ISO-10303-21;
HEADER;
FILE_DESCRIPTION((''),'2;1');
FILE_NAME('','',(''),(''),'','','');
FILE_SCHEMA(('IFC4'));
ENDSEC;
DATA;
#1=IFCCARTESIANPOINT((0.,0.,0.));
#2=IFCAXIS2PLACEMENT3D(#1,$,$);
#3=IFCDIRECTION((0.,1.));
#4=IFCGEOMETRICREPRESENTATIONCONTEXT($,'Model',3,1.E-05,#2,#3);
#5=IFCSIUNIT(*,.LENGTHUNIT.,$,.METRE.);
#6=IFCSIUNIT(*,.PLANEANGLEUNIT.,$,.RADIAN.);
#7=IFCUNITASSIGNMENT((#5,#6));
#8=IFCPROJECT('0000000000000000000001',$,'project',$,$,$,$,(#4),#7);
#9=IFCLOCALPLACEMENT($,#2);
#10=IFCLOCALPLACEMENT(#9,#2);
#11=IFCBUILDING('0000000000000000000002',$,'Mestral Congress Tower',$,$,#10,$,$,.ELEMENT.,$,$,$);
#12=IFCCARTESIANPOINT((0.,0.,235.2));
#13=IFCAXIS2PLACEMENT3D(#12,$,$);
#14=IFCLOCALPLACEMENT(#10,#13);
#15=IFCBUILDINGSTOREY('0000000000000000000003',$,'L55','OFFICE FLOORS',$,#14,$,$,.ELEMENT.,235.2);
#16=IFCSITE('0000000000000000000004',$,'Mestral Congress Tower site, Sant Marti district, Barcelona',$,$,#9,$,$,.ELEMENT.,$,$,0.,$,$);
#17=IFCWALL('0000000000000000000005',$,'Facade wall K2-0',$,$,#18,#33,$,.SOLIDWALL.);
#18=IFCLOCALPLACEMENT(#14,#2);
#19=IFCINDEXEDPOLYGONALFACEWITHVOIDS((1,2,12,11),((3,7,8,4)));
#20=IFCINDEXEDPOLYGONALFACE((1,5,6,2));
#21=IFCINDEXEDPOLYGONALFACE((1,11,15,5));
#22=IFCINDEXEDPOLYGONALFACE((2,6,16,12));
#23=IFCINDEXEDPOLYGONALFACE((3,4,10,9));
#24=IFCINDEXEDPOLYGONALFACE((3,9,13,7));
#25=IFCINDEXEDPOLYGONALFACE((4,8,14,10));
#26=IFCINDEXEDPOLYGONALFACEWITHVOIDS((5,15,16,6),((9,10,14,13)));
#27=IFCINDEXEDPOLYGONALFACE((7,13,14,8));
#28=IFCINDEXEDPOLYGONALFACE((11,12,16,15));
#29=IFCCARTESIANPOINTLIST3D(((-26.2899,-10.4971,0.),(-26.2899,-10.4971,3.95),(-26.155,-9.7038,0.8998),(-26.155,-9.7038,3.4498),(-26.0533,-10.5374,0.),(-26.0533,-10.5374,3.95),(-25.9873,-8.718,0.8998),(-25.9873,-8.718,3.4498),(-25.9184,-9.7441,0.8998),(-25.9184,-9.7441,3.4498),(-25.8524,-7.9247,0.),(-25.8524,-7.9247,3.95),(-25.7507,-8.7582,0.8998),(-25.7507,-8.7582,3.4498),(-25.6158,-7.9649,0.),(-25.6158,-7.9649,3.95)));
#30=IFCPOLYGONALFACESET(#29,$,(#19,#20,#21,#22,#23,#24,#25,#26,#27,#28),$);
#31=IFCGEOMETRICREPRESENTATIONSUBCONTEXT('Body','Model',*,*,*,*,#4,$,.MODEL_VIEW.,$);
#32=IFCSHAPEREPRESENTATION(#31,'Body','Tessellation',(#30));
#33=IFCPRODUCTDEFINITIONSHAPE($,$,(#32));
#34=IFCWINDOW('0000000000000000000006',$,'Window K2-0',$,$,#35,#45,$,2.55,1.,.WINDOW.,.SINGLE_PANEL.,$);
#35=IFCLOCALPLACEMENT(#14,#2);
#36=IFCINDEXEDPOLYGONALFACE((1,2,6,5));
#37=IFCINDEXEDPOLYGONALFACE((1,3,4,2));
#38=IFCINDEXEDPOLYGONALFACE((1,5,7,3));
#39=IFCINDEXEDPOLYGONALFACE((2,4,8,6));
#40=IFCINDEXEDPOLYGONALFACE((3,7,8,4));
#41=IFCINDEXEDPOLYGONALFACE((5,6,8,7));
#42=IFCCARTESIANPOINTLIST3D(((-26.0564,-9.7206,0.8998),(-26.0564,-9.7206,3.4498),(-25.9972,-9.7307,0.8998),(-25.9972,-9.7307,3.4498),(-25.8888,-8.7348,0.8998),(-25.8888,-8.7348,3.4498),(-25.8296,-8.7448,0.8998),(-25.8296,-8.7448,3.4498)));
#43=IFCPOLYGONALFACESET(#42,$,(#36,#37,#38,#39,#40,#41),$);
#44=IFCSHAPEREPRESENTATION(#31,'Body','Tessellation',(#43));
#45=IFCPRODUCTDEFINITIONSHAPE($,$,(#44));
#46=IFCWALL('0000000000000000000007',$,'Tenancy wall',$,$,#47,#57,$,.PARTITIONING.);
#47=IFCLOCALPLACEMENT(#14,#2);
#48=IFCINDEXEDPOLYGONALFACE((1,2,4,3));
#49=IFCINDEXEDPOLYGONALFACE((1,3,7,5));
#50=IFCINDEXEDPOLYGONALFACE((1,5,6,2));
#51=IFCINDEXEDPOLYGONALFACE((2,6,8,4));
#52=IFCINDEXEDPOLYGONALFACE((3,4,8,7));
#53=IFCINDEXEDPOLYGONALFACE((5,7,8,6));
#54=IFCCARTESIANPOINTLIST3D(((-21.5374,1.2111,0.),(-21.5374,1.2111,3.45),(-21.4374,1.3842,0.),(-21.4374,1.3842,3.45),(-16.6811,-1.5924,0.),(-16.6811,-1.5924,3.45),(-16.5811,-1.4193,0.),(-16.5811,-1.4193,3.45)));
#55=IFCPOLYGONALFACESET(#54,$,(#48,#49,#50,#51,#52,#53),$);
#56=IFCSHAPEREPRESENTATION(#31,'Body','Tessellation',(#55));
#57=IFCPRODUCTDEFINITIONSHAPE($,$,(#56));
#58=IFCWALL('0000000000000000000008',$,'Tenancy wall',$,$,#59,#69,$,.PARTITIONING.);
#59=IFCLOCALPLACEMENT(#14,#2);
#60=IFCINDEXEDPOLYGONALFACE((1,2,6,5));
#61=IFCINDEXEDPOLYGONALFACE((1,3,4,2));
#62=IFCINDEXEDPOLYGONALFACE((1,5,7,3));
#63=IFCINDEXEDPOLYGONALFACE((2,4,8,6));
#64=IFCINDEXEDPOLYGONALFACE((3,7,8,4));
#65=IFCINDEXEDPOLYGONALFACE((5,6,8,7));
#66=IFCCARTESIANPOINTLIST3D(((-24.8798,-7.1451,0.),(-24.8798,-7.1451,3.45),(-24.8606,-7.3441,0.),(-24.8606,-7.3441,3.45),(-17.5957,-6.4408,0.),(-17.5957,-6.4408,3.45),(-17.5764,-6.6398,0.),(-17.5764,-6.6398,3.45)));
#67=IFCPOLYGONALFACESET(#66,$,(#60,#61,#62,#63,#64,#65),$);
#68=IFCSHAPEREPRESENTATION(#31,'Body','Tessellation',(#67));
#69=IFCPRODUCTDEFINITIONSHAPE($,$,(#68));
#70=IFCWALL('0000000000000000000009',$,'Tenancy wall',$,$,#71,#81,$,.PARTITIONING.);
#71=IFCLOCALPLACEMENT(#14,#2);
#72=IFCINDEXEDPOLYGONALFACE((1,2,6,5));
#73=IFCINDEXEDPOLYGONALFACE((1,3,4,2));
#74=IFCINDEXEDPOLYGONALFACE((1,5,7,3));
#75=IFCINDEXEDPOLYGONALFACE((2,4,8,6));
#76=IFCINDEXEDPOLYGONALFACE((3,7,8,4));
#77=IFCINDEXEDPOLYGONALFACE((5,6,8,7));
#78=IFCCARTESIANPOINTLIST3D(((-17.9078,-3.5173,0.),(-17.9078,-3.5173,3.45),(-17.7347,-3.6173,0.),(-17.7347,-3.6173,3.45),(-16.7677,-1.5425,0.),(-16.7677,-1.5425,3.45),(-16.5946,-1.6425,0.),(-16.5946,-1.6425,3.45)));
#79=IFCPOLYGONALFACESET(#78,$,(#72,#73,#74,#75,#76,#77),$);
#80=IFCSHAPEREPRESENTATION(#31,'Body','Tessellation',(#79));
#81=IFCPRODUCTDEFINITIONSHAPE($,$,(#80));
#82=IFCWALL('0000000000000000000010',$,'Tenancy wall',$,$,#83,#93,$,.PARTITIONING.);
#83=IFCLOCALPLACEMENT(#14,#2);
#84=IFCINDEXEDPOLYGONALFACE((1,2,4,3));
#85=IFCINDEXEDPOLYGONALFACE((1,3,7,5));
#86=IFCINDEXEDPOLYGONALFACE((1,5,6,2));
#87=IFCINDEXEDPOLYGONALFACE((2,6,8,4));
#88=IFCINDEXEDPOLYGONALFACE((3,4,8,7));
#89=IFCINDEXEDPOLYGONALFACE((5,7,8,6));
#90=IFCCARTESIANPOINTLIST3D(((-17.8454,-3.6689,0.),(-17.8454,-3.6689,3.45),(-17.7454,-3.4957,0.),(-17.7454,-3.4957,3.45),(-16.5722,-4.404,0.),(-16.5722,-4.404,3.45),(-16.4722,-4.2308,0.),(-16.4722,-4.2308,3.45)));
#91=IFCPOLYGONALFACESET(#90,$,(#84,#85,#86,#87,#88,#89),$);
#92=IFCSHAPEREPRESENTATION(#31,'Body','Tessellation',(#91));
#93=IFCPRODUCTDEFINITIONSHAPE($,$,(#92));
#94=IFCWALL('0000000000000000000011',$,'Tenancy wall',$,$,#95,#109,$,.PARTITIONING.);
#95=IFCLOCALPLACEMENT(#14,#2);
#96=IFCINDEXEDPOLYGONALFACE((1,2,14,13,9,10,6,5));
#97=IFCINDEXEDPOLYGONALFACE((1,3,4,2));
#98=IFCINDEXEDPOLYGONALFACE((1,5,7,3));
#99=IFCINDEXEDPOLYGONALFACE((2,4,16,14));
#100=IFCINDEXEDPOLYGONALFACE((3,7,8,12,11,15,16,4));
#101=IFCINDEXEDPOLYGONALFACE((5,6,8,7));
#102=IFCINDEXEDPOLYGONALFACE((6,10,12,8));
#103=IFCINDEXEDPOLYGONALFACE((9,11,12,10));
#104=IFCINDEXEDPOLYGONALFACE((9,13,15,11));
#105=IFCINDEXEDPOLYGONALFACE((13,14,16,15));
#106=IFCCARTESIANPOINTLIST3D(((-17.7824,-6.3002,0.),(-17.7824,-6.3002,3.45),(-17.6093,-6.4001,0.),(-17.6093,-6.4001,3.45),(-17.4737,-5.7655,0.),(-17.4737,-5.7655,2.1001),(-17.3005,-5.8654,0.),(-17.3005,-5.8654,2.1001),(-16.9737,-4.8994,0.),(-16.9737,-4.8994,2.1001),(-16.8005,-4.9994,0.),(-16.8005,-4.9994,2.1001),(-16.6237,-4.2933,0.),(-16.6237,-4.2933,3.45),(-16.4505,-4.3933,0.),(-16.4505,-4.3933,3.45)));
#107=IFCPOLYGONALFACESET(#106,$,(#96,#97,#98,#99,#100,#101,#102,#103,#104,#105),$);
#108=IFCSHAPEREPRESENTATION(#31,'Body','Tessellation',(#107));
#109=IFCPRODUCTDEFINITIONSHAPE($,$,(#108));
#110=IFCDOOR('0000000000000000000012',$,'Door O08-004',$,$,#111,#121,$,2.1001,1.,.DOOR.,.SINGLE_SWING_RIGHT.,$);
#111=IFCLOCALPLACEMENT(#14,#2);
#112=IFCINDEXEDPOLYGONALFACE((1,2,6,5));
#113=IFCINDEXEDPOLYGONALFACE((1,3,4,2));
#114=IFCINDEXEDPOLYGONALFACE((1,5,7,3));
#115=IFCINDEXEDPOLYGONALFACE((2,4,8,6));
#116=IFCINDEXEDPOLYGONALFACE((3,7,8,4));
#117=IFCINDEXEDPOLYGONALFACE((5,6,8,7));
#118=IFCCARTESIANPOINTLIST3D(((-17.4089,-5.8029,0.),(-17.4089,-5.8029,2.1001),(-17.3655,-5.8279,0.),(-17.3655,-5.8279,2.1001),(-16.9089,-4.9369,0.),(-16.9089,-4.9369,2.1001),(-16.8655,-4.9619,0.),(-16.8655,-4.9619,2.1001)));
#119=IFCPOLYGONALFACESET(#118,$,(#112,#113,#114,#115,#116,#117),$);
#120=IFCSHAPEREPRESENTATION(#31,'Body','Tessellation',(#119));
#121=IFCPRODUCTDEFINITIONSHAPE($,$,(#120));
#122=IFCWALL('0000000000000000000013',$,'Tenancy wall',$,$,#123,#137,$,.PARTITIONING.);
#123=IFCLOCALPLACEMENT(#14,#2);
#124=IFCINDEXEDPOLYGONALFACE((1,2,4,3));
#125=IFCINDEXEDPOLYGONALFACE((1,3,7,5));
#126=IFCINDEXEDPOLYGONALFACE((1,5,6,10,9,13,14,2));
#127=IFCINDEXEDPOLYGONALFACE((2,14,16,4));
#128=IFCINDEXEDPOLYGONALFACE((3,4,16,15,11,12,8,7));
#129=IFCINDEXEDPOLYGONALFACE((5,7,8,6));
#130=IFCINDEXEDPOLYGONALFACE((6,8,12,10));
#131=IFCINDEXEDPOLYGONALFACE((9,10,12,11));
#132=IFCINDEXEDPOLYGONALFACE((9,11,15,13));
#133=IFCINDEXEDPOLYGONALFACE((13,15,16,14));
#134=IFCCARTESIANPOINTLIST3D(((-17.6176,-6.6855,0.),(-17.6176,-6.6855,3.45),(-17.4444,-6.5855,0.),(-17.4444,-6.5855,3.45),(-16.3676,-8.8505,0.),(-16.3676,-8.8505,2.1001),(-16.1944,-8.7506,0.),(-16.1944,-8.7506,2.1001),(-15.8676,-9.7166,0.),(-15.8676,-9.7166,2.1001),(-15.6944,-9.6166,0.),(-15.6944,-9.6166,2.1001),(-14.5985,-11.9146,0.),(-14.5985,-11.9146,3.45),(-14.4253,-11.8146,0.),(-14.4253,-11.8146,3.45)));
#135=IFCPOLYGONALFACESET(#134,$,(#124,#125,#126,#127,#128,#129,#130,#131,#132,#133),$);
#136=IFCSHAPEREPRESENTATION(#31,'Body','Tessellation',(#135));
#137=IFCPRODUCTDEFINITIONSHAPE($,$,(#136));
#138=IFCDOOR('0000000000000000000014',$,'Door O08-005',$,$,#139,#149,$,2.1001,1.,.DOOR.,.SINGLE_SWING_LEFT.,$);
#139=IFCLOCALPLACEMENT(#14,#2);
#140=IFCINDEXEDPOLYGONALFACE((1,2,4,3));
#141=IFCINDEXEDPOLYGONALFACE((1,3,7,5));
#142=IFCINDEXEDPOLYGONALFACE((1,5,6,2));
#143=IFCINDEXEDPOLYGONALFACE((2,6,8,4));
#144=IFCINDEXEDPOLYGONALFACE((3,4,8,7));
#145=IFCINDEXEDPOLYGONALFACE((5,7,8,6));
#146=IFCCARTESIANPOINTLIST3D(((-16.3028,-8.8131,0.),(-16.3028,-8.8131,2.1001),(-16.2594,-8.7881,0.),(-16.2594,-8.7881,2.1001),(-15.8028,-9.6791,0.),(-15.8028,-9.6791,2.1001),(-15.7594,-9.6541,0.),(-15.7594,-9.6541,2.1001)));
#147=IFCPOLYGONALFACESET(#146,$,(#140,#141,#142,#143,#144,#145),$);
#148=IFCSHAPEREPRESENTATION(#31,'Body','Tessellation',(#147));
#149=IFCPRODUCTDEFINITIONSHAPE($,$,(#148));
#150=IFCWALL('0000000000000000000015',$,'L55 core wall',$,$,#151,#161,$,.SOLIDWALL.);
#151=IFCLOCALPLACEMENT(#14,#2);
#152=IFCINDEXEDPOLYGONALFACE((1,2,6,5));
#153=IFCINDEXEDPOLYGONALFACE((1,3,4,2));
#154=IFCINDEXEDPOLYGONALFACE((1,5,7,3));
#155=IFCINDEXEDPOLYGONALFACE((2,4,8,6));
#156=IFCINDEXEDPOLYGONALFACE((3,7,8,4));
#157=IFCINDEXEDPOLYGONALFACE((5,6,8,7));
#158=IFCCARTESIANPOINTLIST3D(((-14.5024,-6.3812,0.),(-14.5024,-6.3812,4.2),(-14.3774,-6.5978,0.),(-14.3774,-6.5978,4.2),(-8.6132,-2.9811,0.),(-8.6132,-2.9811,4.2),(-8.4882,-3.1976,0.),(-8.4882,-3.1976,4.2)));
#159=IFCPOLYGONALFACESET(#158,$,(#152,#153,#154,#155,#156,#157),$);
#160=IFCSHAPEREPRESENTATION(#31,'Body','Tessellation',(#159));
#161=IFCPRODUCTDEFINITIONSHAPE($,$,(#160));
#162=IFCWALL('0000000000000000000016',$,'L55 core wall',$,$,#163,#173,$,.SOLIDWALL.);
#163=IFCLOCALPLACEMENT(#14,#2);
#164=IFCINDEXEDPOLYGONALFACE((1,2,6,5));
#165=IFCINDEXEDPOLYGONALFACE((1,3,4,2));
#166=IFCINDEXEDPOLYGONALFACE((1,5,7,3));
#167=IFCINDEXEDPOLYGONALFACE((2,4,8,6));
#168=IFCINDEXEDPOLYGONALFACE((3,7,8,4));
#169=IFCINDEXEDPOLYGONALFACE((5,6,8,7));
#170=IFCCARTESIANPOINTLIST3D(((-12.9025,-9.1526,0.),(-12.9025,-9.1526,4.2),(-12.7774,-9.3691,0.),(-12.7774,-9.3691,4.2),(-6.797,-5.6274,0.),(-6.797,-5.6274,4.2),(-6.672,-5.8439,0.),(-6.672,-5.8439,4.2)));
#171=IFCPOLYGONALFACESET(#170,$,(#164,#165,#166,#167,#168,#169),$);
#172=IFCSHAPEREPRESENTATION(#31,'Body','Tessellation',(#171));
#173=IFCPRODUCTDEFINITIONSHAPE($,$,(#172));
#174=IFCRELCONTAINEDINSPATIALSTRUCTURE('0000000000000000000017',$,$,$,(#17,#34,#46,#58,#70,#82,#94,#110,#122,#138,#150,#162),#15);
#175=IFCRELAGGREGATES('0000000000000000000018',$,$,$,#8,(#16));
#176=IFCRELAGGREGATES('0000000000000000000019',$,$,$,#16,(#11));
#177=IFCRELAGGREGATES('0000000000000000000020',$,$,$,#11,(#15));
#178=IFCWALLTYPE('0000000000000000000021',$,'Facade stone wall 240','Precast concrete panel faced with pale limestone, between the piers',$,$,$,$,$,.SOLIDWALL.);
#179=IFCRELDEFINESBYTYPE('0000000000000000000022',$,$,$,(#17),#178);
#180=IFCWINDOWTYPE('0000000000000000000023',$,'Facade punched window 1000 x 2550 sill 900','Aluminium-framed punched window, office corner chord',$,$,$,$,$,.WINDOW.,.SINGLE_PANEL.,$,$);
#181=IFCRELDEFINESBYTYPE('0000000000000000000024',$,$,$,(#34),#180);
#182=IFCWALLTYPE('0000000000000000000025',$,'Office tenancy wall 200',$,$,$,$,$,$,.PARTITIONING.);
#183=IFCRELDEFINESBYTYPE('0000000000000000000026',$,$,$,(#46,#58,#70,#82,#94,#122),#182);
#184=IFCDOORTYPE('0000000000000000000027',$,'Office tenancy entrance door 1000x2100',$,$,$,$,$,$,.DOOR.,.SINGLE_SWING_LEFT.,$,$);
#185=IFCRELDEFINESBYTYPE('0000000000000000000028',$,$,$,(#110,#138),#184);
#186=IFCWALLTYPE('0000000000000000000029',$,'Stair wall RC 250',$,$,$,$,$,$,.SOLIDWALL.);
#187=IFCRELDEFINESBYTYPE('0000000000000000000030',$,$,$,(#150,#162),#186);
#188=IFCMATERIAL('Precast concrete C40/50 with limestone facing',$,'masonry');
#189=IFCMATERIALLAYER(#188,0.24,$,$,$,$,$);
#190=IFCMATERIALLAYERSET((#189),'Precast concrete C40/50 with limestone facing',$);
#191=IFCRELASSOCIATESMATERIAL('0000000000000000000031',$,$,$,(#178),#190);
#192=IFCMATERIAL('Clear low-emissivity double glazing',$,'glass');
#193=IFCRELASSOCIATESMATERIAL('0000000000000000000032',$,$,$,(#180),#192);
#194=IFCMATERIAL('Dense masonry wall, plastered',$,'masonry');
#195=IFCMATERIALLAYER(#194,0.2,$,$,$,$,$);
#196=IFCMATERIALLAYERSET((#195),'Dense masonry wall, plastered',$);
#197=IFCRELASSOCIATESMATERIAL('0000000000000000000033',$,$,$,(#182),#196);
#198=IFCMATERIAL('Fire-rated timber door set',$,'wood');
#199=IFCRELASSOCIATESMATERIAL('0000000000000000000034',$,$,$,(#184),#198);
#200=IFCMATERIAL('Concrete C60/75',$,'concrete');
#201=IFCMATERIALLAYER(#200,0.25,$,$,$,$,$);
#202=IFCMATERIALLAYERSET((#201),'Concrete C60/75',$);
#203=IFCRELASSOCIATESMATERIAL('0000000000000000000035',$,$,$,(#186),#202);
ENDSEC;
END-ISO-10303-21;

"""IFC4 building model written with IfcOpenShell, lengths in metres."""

from ifc_helpers import new_model, si_unit, direction, frame, frame_2d, origin, place, context, subcontext, project, spatial, rectangle, extrude, material, layer, layer_set, type_object, element, fill, save


model = new_model("IFC4")

# Units and contexts
model_context = context("Model", 3, precision=1e-05, world=origin(), true_north=direction((0.0, 1.0)))
body_context = subcontext(model_context, "Body", "Model", "MODEL_VIEW")
ifc_project = project(units=[si_unit("LENGTHUNIT", "METRE"), si_unit("PLANEANGLEUNIT", "RADIAN")], contexts=[model_context])

# Site, building, storey
site_placement = place(None, origin())
site = spatial("IfcSite", under=ifc_project, at=site_placement, Name="Mestral Congress Tower site, Sant Marti district, Barcelona", CompositionType="ELEMENT", RefElevation=0.0)
building_placement = place(site_placement, origin())
building = spatial("IfcBuilding", under=site, at=building_placement, Name="Mestral Congress Tower", CompositionType="ELEMENT")
storey_placement = place(building_placement, frame((0.0, 0.0, 235.2)))
storey = spatial("IfcBuildingStorey", under=building, at=storey_placement, Name="L55", Description="OFFICE FLOORS", CompositionType="ELEMENT", Elevation=235.2)

# Shared definitions
ifc_material_1 = material(Name="Concrete C60/75", Category="concrete")

# Shared definitions
ifc_material_2 = material(Name="Precast concrete C40/50 with limestone facing", Category="masonry")
ifc_layer_1 = layer(ifc_material_2, 0.24)
ifc_layer_set_1 = layer_set([ifc_layer_1], Name="Precast concrete C40/50 with limestone facing")
wall_type_1 = type_object("IfcWallType", Name="Facade stone wall 240", Description="Precast concrete panel faced with pale limestone, between the piers", PredefinedType="SOLIDWALL", material=ifc_layer_set_1)
ifc_material_3 = material(Name="Clear low-emissivity double glazing", Category="glass")

# Wall, opening, window
wall_1_placement = place(storey_placement, frame((-25.7341, -7.9448, 0.0), z_axis=(0.0, 0.0, 1.0), x_axis=(-0.16766, -0.985845, 0.0)))
wall_1 = element("IfcWall", 1, at=wall_1_placement, inside=storey, type_object=wall_type_1, Name="Facade wall K2-0", PredefinedType="SOLIDWALL", context=body_context, shape_type="SweptSolid", body=[
    extrude(rectangle(XDim=2.6094, YDim=0.24, at=frame_2d((1.3047, 0.0))), origin(), (0.0, 0.0, 1.0), 3.95),
])
opening_1_placement = place(wall_1_placement, frame((0.8047, 0.0, 0.8999)))
opening_1 = element("IfcOpeningElement", 2, at=opening_1_placement, cuts=wall_1, PredefinedType="OPENING", context=body_context, shape_type="SweptSolid", body=[
    extrude(rectangle(XDim=1.0, YDim=2.55, at=frame_2d((0.5, 1.2749))), frame((0.0, 0.1299, 0.0), z_axis=(0.0, -1.0, 0.0), x_axis=(1.0, 0.0, 0.0)), (0.0, 0.0, 1.0), 0.26),
])
window_type_1 = type_object("IfcWindowType", Name="Facade punched window 1000 x 2550 sill 900", Description="Aluminium-framed punched window, office corner chord", PartitioningType="SINGLE_PANEL", PredefinedType="WINDOW", material=ifc_material_3)
window_1_placement = place(opening_1_placement, origin())
window_1 = element("IfcWindow", 3, at=window_1_placement, inside=storey, type_object=window_type_1, Name="Window K2-0", OverallHeight=2.55, OverallWidth=1.0, PartitioningType="SINGLE_PANEL", PredefinedType="WINDOW", context=body_context, shape_type="SweptSolid", body=[
    extrude(rectangle(XDim=1.0, YDim=2.55, at=frame_2d((0.5, 1.2749))), frame((0.0, 0.04, 0.0), z_axis=(0.0, -1.0, 0.0), x_axis=(1.0, 0.0, 0.0)), (0.0, 0.0, 1.0), 0.0601),
])
fill(opening_1, window_1)

# Walls
ifc_material_4 = material(Name="Dense masonry wall, plastered", Category="masonry")
ifc_layer_2 = layer(ifc_material_4, 0.2)
ifc_layer_set_2 = layer_set([ifc_layer_2], Name="Dense masonry wall, plastered")
wall_type_2 = type_object("IfcWallType", Name="Office tenancy wall 200", PredefinedType="PARTITIONING", material=ifc_layer_set_2)
wall_2_placement = place(storey_placement, frame((-16.6311, -1.5059, 0.0), z_axis=(0.0, 0.0, 1.0), x_axis=(-0.866046, 0.499965, 0.0)))
element("IfcWall", 4, at=wall_2_placement, inside=storey, type_object=wall_type_2, Name="Tenancy wall", PredefinedType="PARTITIONING", context=body_context, shape_type="SweptSolid", body=[
    extrude(rectangle(XDim=5.6074, YDim=0.2, at=frame_2d((2.8037, 0.0))), origin(), (0.0, 0.0, 1.0), 3.45),
])
wall_3_placement = place(storey_placement, frame((-17.5859, -6.5403, 0.0), z_axis=(0.0, 0.0, 1.0), x_axis=(-0.995358, -0.096246, 0.0)))
element("IfcWall", 5, at=wall_3_placement, inside=storey, type_object=wall_type_2, Name="Tenancy wall", PredefinedType="PARTITIONING", context=body_context, shape_type="SweptSolid", body=[
    extrude(rectangle(XDim=7.3181, YDim=0.2, at=frame_2d((3.6592, 0.0))), origin(), (0.0, 0.0, 1.0), 3.45),
])
wall_4_placement = place(storey_placement, frame((-16.6812, -1.5925, 0.0), z_axis=(0.0, 0.0, 1.0), x_axis=(-0.499985, -0.866034, 0.0)))
element("IfcWall", 6, at=wall_4_placement, inside=storey, type_object=wall_type_2, Name="Tenancy wall", PredefinedType="PARTITIONING", context=body_context, shape_type="SweptSolid", body=[
    extrude(rectangle(XDim=2.2803, YDim=0.2, at=frame_2d((1.1401, 0.0))), origin(), (0.0, 0.0, 1.0), 3.45),
])
wall_5_placement = place(storey_placement, frame((-17.7954, -3.5823, 0.0), z_axis=(0.0, 0.0, 1.0), x_axis=(0.866017, -0.500015, 0.0)))
element("IfcWall", 7, at=wall_5_placement, inside=storey, type_object=wall_type_2, Name="Tenancy wall", PredefinedType="PARTITIONING", context=body_context, shape_type="SweptSolid", body=[
    extrude(rectangle(XDim=1.4702, YDim=0.2, at=frame_2d((0.7351, 0.0))), origin(), (0.0, 0.0, 1.0), 3.45),
])

# Walls, openings, doors
wall_6_placement = place(storey_placement, frame((-16.5371, -4.3433, 0.0), z_axis=(0.0, 0.0, 1.0), x_axis=(-0.500014, -0.866017, 0.0)))
wall_6 = element("IfcWall", 8, at=wall_6_placement, inside=storey, type_object=wall_type_2, Name="Tenancy wall", PredefinedType="PARTITIONING", context=body_context, shape_type="SweptSolid", body=[
    extrude(rectangle(XDim=2.3174, YDim=0.2, at=frame_2d((1.1587, 0.0))), origin(), (0.0, 0.0, 1.0), 3.45),
])
opening_2_placement = place(wall_6_placement, frame((0.7, 0.0, 0.0)))
opening_2 = element("IfcOpeningElement", 9, at=opening_2_placement, cuts=wall_6, PredefinedType="OPENING", context=body_context, shape_type="SweptSolid", body=[
    extrude(rectangle(XDim=1.0, YDim=2.1001, at=frame_2d((0.5, 1.05))), frame((0.0, 0.1099, 0.0), z_axis=(0.0, -1.0, 0.0), x_axis=(1.0, 0.0, 0.0)), (0.0, 0.0, 1.0), 0.22),
])
ifc_material_5 = material(Name="Fire-rated timber door set", Category="wood")
door_type_1 = type_object("IfcDoorType", Name="Office tenancy entrance door 1000x2100", OperationType="SINGLE_SWING_LEFT", PredefinedType="DOOR", material=ifc_material_5)
door_1_placement = place(opening_2_placement, origin())
door_1 = element("IfcDoor", 10, at=door_1_placement, inside=storey, type_object=door_type_1, Name="Door O08-004", OperationType="SINGLE_SWING_RIGHT", OverallHeight=2.1001, OverallWidth=1.0, PredefinedType="DOOR", context=body_context, shape_type="SweptSolid", body=[
    extrude(rectangle(XDim=1.0, YDim=2.1001, at=frame_2d((0.5, 1.05))), frame((0.0, 0.0249, 0.0), z_axis=(0.0, -1.0, 0.0), x_axis=(1.0, 0.0, 0.0)), (0.0, 0.0, 1.0), 0.05),
])
fill(opening_2, door_1)
wall_7_placement = place(storey_placement, frame((-17.531, -6.6355, 0.0), z_axis=(0.0, 0.0, 1.0), x_axis=(0.500009, -0.86602, 0.0)))
wall_7 = element("IfcWall", 11, at=wall_7_placement, inside=storey, type_object=wall_type_2, Name="Tenancy wall", PredefinedType="PARTITIONING", context=body_context, shape_type="SweptSolid", body=[
    extrude(rectangle(XDim=6.0381, YDim=0.2, at=frame_2d((3.019, 0.0))), origin(), (0.0, 0.0, 1.0), 3.45),
])
opening_3_placement = place(wall_7_placement, frame((2.5, 0.0, 0.0)))
opening_3 = element("IfcOpeningElement", 12, at=opening_3_placement, cuts=wall_7, PredefinedType="OPENING", context=body_context, shape_type="SweptSolid", body=[
    extrude(rectangle(XDim=1.0, YDim=2.1001, at=frame_2d((0.5, 1.05))), frame((0.0, 0.1099, 0.0), z_axis=(0.0, -1.0, 0.0), x_axis=(1.0, 0.0, 0.0)), (0.0, 0.0, 1.0), 0.22),
])
door_2_placement = place(opening_3_placement, origin())
door_2 = element("IfcDoor", 13, at=door_2_placement, inside=storey, type_object=door_type_1, Name="Door O08-005", OperationType="SINGLE_SWING_LEFT", OverallHeight=2.1001, OverallWidth=1.0, PredefinedType="DOOR", context=body_context, shape_type="SweptSolid", body=[
    extrude(rectangle(XDim=1.0, YDim=2.1001, at=frame_2d((0.5, 1.05))), frame((0.0, 0.0249, 0.0), z_axis=(0.0, -1.0, 0.0), x_axis=(1.0, 0.0, 0.0)), (0.0, 0.0, 1.0), 0.05),
])
fill(opening_3, door_2)

# Walls
ifc_layer_3 = layer(ifc_material_1, 0.25)
ifc_layer_set_3 = layer_set([ifc_layer_3], Name="Concrete C60/75")
wall_type_3 = type_object("IfcWallType", Name="Stair wall RC 250", PredefinedType="SOLIDWALL", material=ifc_layer_set_3)
wall_8_placement = place(storey_placement, frame((-14.4399, -6.4895, 0.0), z_axis=(0.0, 0.0, 1.0), x_axis=(0.866023, 0.500004, 0.0)))
element("IfcWall", 14, at=wall_8_placement, inside=storey, type_object=wall_type_3, Name="L55 core wall", PredefinedType="SOLIDWALL", context=body_context, shape_type="SweptSolid", body=[
    extrude(rectangle(XDim=6.8003, YDim=0.25, at=frame_2d((3.4001, 0.0))), origin(), (0.0, 0.0, 1.0), 4.2),
])
wall_9_placement = place(storey_placement, frame((-12.8398, -9.2607, 0.0), z_axis=(0.0, 0.0, 1.0), x_axis=(0.866016, 0.500016, 0.0)))
element("IfcWall", 15, at=wall_9_placement, inside=storey, type_object=wall_type_3, Name="L55 core wall", PredefinedType="SOLIDWALL", context=body_context, shape_type="SweptSolid", body=[
    extrude(rectangle(XDim=7.05, YDim=0.25, at=frame_2d((3.5249, 0.0))), origin(), (0.0, 0.0, 1.0), 4.2),
])

save(model, "model.ifc")
